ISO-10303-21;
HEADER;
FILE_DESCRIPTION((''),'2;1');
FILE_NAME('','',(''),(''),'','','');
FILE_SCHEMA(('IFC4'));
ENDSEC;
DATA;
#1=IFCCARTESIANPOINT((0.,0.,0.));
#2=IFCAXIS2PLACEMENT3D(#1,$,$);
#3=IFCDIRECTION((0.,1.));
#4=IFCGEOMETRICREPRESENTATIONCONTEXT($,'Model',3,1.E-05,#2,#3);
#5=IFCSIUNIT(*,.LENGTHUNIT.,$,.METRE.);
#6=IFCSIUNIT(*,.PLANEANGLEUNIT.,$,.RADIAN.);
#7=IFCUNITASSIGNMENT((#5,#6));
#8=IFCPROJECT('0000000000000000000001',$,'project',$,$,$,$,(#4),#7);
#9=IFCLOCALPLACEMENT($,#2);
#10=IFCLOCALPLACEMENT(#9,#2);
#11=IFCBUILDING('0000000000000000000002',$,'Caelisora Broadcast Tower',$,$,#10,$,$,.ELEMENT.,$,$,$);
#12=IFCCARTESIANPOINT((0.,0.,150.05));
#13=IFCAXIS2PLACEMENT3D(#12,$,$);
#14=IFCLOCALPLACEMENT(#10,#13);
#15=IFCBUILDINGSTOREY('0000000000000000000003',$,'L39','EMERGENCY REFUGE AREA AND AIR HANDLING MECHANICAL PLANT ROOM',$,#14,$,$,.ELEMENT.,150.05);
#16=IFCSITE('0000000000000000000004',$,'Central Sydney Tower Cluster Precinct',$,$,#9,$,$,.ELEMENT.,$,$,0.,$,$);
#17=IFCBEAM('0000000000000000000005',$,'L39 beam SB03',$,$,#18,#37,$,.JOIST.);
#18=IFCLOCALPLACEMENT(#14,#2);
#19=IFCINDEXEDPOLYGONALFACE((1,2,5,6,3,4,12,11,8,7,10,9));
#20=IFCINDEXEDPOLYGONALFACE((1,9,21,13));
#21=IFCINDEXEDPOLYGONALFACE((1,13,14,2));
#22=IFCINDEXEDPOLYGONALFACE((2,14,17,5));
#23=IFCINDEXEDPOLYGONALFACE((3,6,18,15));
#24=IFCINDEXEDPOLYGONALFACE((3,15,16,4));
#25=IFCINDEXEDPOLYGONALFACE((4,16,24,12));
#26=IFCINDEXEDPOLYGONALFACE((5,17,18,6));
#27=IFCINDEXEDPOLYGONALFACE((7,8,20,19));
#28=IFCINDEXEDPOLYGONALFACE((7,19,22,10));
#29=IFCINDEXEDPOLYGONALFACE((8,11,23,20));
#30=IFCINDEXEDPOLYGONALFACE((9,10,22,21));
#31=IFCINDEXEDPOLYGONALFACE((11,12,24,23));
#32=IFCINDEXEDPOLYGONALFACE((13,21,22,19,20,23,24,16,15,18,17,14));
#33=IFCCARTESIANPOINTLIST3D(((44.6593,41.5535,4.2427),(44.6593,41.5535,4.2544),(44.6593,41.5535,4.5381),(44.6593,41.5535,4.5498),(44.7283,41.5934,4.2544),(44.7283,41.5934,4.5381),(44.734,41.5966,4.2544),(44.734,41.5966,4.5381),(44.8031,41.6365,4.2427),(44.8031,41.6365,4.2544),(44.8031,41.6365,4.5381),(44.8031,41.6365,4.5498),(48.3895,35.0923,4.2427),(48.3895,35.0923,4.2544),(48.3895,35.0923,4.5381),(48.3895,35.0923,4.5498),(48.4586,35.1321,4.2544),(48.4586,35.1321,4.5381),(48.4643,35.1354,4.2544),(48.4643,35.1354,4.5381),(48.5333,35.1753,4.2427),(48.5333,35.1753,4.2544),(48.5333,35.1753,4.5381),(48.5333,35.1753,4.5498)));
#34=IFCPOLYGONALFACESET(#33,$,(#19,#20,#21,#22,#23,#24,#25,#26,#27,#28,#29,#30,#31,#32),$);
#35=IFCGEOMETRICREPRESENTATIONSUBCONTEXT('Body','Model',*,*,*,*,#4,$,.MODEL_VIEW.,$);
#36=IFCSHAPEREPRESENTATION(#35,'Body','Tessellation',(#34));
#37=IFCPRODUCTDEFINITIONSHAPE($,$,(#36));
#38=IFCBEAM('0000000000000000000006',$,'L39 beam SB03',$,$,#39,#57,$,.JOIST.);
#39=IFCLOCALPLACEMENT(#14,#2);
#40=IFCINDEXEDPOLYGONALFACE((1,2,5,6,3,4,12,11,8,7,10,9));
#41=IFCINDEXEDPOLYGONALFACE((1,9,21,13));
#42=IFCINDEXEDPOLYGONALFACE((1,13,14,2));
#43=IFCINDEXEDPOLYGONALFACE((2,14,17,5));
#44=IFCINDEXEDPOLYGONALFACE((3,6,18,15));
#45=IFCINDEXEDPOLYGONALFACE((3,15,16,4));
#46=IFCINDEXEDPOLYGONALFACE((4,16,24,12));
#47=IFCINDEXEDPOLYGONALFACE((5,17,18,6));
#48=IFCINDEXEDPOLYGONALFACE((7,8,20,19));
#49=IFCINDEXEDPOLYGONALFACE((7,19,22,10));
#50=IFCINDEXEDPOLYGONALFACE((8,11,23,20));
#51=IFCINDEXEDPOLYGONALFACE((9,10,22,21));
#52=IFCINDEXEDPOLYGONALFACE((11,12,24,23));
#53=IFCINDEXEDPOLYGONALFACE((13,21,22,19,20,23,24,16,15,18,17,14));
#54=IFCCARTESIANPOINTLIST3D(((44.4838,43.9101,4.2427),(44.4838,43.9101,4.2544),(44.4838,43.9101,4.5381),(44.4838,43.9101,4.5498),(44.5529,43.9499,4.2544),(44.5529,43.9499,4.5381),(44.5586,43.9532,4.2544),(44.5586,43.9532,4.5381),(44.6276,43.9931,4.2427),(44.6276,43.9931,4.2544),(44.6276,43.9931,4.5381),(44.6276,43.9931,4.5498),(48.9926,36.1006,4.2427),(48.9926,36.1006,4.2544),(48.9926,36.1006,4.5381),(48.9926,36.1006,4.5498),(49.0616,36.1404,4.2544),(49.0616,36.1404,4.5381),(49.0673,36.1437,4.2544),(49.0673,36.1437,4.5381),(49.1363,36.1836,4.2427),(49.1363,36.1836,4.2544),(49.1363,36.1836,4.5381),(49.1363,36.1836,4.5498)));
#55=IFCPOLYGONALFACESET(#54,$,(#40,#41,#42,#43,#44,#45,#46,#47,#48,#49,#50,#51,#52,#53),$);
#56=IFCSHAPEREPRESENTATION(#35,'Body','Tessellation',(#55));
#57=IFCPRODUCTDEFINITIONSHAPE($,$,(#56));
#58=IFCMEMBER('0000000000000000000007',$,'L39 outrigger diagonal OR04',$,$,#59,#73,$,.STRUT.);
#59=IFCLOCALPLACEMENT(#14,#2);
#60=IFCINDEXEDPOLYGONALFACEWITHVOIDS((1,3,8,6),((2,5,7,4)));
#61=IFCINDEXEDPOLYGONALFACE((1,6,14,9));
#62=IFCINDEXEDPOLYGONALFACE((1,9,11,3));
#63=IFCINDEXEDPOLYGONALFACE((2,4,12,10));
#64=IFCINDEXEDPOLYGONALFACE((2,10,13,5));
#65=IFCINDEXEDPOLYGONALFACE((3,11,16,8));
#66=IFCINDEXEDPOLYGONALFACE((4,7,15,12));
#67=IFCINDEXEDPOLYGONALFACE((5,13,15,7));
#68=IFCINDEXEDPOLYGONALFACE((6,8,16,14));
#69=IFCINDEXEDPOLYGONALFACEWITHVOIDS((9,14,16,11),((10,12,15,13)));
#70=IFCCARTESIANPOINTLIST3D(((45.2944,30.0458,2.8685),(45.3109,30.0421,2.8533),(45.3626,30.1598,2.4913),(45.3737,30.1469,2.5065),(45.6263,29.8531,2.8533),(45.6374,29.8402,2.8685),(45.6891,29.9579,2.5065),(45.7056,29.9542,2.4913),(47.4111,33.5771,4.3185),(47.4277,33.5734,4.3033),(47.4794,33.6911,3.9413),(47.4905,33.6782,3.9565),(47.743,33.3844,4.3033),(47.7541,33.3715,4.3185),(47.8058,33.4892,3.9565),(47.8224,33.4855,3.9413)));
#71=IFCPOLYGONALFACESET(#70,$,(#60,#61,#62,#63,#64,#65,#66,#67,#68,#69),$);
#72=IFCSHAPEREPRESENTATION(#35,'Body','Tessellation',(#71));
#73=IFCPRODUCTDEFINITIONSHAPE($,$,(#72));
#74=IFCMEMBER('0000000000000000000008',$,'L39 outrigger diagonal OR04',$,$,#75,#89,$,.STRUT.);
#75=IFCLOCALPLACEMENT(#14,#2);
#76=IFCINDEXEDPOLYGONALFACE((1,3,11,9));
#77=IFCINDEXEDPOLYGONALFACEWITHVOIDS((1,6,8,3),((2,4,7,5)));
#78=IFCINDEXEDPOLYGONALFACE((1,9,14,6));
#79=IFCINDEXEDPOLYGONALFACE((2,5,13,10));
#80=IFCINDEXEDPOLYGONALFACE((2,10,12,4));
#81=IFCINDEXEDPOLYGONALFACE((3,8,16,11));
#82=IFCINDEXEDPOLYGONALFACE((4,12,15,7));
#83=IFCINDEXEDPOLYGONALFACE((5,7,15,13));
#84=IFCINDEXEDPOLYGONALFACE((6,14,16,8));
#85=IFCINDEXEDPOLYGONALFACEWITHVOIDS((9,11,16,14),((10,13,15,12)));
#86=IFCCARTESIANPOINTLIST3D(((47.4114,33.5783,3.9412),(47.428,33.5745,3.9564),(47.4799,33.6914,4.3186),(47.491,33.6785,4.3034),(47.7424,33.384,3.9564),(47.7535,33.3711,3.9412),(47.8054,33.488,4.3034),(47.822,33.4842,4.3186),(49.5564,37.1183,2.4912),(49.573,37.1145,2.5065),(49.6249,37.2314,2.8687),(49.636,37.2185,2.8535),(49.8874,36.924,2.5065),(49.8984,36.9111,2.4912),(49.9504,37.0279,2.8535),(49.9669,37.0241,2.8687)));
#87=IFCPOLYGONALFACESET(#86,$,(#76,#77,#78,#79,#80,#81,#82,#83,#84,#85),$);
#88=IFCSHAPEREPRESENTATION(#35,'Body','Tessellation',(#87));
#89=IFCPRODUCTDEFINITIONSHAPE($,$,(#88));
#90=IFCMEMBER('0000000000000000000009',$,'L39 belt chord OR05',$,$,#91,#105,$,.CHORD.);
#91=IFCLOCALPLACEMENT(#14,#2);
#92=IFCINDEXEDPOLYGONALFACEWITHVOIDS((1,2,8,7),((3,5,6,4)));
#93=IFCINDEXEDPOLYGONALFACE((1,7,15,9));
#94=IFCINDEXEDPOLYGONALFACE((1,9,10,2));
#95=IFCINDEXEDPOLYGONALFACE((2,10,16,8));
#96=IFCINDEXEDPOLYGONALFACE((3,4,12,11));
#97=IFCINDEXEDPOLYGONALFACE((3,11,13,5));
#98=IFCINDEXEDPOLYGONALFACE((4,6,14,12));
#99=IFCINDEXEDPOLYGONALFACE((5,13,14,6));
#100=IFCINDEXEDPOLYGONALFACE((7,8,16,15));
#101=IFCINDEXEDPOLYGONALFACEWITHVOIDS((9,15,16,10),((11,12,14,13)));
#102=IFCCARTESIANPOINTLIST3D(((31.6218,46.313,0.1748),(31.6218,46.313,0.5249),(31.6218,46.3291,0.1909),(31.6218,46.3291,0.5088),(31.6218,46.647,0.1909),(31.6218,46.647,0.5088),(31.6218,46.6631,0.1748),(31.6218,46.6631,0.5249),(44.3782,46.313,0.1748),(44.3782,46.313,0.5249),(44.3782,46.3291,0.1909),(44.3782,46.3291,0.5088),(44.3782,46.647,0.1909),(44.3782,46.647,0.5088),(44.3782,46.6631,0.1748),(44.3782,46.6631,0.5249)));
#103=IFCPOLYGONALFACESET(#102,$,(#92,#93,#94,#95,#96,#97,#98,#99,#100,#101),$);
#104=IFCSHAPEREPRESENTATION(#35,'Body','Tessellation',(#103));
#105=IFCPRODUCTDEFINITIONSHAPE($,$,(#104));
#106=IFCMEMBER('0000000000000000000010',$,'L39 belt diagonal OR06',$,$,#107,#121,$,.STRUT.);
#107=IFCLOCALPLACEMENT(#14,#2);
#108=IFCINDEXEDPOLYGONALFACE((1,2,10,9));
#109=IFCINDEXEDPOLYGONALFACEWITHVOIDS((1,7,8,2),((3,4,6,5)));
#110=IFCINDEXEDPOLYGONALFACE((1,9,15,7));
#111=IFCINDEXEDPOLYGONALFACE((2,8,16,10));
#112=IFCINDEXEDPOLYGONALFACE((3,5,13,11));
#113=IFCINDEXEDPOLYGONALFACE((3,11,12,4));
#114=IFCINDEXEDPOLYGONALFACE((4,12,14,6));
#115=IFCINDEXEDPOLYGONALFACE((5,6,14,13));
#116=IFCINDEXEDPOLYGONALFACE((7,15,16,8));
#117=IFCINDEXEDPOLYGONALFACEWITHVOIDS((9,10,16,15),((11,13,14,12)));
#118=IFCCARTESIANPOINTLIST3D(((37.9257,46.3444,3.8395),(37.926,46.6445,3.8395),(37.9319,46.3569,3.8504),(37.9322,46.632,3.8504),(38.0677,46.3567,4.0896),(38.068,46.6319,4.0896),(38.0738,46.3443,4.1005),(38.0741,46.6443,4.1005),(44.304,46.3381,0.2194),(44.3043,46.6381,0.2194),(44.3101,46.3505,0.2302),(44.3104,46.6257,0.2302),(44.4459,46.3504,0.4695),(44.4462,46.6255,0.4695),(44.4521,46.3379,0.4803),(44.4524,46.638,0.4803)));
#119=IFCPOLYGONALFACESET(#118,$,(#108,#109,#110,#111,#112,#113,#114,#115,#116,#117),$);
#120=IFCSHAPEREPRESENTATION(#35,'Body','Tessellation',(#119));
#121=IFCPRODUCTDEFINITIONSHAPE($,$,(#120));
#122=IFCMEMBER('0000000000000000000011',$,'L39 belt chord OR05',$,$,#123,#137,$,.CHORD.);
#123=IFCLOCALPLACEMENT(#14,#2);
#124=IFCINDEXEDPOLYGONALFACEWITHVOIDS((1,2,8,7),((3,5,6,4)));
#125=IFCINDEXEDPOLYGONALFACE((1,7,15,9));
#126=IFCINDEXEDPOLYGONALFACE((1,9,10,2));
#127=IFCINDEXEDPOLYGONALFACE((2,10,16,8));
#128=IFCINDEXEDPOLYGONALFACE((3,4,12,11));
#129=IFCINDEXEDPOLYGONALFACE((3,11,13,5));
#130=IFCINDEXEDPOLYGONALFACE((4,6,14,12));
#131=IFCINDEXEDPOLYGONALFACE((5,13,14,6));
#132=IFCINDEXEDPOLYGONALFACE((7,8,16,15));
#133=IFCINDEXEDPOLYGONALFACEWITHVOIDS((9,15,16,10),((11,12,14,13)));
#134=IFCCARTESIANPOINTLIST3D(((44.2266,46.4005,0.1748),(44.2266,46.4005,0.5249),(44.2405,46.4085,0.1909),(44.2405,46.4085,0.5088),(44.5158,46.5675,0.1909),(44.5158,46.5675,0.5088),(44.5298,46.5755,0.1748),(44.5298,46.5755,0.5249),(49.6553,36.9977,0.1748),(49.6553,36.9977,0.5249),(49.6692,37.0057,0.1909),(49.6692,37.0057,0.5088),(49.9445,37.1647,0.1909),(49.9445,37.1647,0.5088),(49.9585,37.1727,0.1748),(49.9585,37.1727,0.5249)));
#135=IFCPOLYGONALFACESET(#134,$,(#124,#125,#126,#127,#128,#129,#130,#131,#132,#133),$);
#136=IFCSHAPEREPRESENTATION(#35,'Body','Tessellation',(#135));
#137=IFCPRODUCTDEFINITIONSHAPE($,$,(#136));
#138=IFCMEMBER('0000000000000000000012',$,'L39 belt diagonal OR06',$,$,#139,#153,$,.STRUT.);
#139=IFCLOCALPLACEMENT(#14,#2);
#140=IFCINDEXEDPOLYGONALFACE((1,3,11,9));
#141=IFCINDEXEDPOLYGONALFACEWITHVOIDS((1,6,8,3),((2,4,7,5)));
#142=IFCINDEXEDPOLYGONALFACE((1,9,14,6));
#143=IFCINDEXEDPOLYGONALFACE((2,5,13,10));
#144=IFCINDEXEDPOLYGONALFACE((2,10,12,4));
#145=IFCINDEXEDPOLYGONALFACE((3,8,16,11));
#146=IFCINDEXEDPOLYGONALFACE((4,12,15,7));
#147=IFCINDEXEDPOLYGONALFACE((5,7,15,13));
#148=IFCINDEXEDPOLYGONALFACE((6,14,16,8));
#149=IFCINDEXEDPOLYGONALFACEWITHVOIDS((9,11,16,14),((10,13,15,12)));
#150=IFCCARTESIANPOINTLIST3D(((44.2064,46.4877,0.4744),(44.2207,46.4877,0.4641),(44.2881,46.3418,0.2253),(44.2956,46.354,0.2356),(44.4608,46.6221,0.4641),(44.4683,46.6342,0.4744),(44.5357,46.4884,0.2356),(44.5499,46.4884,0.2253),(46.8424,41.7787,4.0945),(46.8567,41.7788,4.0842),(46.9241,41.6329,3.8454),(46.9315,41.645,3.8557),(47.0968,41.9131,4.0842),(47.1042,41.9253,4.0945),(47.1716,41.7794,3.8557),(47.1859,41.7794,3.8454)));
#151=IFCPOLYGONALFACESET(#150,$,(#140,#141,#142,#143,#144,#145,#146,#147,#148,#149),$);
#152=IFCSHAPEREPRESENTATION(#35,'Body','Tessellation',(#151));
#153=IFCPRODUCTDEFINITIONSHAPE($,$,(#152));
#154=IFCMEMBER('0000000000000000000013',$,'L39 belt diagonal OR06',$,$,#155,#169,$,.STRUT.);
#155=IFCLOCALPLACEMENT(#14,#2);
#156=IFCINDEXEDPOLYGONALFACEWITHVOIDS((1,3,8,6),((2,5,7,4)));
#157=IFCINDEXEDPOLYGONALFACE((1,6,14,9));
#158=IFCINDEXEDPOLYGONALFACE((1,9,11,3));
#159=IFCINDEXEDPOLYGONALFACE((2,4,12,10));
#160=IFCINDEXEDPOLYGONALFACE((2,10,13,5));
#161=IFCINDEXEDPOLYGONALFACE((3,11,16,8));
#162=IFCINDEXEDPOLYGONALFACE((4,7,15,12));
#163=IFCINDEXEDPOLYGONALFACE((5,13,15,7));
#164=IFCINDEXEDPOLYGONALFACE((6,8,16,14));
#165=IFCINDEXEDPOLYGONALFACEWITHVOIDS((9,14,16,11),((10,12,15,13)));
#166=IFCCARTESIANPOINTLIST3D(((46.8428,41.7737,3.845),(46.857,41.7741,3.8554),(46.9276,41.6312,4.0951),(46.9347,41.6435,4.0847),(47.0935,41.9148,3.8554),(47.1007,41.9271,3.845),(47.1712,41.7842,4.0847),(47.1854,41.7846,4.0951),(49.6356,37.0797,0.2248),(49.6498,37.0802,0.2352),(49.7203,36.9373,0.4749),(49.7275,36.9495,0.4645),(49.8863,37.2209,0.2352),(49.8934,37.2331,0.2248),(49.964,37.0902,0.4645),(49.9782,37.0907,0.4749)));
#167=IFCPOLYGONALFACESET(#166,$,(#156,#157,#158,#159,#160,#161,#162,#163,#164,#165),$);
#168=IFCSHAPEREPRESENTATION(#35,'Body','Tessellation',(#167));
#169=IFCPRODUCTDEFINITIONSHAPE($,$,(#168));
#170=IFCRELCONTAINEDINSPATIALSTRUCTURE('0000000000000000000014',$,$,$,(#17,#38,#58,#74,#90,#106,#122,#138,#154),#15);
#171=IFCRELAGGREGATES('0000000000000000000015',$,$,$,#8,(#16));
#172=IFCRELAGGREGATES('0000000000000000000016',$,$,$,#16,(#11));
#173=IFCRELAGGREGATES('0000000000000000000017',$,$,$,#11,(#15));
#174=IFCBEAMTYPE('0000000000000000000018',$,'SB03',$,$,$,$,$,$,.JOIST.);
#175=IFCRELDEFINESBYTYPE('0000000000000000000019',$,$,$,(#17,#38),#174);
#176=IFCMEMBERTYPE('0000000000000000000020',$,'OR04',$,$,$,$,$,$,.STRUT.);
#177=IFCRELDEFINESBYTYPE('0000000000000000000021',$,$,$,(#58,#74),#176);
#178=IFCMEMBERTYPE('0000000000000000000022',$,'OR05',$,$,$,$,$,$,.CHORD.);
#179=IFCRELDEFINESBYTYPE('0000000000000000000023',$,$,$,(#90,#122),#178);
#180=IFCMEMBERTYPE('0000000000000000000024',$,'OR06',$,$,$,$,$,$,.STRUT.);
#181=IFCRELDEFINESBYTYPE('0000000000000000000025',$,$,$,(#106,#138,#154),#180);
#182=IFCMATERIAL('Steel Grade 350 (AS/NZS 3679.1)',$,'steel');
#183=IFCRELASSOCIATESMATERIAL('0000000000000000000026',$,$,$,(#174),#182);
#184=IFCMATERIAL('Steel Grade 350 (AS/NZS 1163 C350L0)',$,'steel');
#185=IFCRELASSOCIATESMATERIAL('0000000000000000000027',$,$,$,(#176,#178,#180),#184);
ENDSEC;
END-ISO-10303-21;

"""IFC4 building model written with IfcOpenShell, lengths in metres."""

from ifc_helpers import new_model, si_unit, direction, frame, origin, origin_2d, place, context, subcontext, project, spatial, hollow_rectangle, i_section, extrude, source, transform, mapped, material, material_profile, profile_set, type_object, type_shapes, element, save


model = new_model("IFC4")

# Units and contexts
model_context = context("Model", 3, precision=1e-05, world=origin(), true_north=direction((0.0, 1.0)))
body_context = subcontext(model_context, "Body", "Model", "MODEL_VIEW")
ifc_project = project(units=[si_unit("LENGTHUNIT", "METRE"), si_unit("PLANEANGLEUNIT", "RADIAN")], contexts=[model_context])

# Site, building, storey
site_placement = place(None, origin())
site = spatial("IfcSite", under=ifc_project, at=site_placement, Name="Central Sydney Tower Cluster Precinct", CompositionType="ELEMENT", RefElevation=0.0)
building_placement = place(site_placement, origin())
building = spatial("IfcBuilding", under=site, at=building_placement, Name="Caelisora Broadcast Tower", CompositionType="ELEMENT")
storey_placement = place(building_placement, frame((0.0, 0.0, 150.05)))
storey = spatial("IfcBuildingStorey", under=building, at=storey_placement, Name="L39", Description="EMERGENCY REFUGE AREA AND AIR HANDLING MECHANICAL PLANT ROOM", CompositionType="ELEMENT", Elevation=150.05)

# Shared definitions
ifc_material_1 = material(Name="Steel Grade 350 (AS/NZS 1163 C350L0)", Category="steel")

# Beams
ifc_material_2 = material(Name="Steel Grade 350 (AS/NZS 3679.1)", Category="steel")
ifc_material_profile_1 = material_profile(ifc_material_2, i_section(OverallWidth=0.166, OverallDepth=0.3071, WebThickness=0.0066, FlangeThickness=0.0117, at=origin_2d()), Name="Steel Grade 350 (AS/NZS 3679.1)")
ifc_profile_set_1 = profile_set([ifc_material_profile_1], Name="Steel Grade 350 (AS/NZS 3679.1)")
beam_type_1 = type_object("IfcBeamType", Name="SB03", PredefinedType="JOIST", material=ifc_profile_set_1)
shared_shape_1 = source(origin(), body_context, "Body", "SweptSolid", [
    extrude(i_section(OverallWidth=0.166, OverallDepth=0.3071, WebThickness=0.0066, FlangeThickness=0.0117, at=origin_2d()), origin(), (0.0, 0.0, 1.0), 7.4607),
])
beam_1_placement = place(storey_placement, frame((48.4614, 35.1338, 4.3962), z_axis=(-0.499986, 0.866034, 0.0), x_axis=(-0.866034, -0.499986, 0.0)))
element("IfcBeam", 1, at=beam_1_placement, inside=storey, type_object=beam_type_1, Name="L39 beam SB03", PredefinedType="JOIST", context=body_context, shape_type="MappedRepresentation", body=[
    mapped(shared_shape_1, transform((0.0, 0.0, 0.0), scale=1.0)),
])
shared_shape_2 = source(origin(), body_context, "Body", "SweptSolid", [
    extrude(i_section(OverallWidth=0.166, OverallDepth=0.3071, WebThickness=0.0066, FlangeThickness=0.0117, at=origin_2d()), origin(), (0.0, 0.0, 1.0), 9.0176),
])
beam_2_placement = place(storey_placement, frame((49.0645, 36.1421, 4.3962), z_axis=(-0.499994, 0.866029, 0.0), x_axis=(-0.866029, -0.499994, 0.0)))
element("IfcBeam", 2, at=beam_2_placement, inside=storey, type_object=beam_type_1, Name="L39 beam SB03", PredefinedType="JOIST", context=body_context, shape_type="MappedRepresentation", body=[
    mapped(shared_shape_2, transform((0.0, 0.0, 0.0), scale=1.0)),
])

# Members
ifc_material_profile_2 = material_profile(ifc_material_1, hollow_rectangle(XDim=0.3999, YDim=0.3999, WallThickness=0.0161, at=origin_2d()), Name="Steel Grade 350 (AS/NZS 1163 C350L0)")
ifc_profile_set_2 = profile_set([ifc_material_profile_2], Name="Steel Grade 350 (AS/NZS 1163 C350L0)")
member_type_1 = type_object("IfcMemberType", Name="OR04", PredefinedType="STRUT", material=ifc_profile_set_2)
shared_shape_3 = source(origin(), body_context, "Body", "SweptSolid", [
    extrude(hollow_rectangle(XDim=0.3999, YDim=0.3999, WallThickness=0.0161, at=origin_2d()), origin(), (0.0, 0.0, 1.0), 4.365),
])
member_1_placement = place(storey_placement, frame((45.5, 30.0, 2.6799), z_axis=(0.484935, 0.809007, 0.332183), x_axis=(-0.857713, 0.514129, 0.0)))
element("IfcMember", 3, at=member_1_placement, inside=storey, type_object=member_type_1, Name="L39 outrigger diagonal OR04", PredefinedType="STRUT", context=body_context, shape_type="MappedRepresentation", body=[
    mapped(shared_shape_3, transform((0.0, 0.0, 0.0), scale=1.0)),
])
shared_shape_4 = source(origin(), body_context, "Body", "SweptSolid", [
    extrude(hollow_rectangle(XDim=0.3999, YDim=0.3999, WallThickness=0.0161, at=origin_2d()), origin(), (0.0, 0.0, 1.0), 4.3857),
])
type_shapes(member_type_1, [shared_shape_3, shared_shape_4])
member_2_placement = place(storey_placement, frame((47.6167, 33.5312, 4.1299), z_axis=(0.489082, 0.807157, -0.3306), x_axis=(-0.855247, 0.518221, 0.0)))
element("IfcMember", 4, at=member_2_placement, inside=storey, type_object=member_type_1, Name="L39 outrigger diagonal OR04", PredefinedType="STRUT", context=body_context, shape_type="MappedRepresentation", body=[
    mapped(shared_shape_4, transform((0.0, 0.0, 0.0), scale=1.0)),
])
ifc_material_profile_3 = material_profile(ifc_material_1, hollow_rectangle(XDim=0.3501, YDim=0.3501, WallThickness=0.0161, at=origin_2d()), Name="Steel Grade 350 (AS/NZS 1163 C350L0)")
ifc_profile_set_3 = profile_set([ifc_material_profile_3], Name="Steel Grade 350 (AS/NZS 1163 C350L0)")
member_type_2 = type_object("IfcMemberType", Name="OR05", PredefinedType="CHORD", material=ifc_profile_set_3)
shared_shape_5 = source(origin(), body_context, "Body", "SweptSolid", [
    extrude(hollow_rectangle(XDim=0.3501, YDim=0.3501, WallThickness=0.0161, at=origin_2d()), origin(), (0.0, 0.0, 1.0), 12.7563),
])
member_3_placement = place(storey_placement, frame((44.3782, 46.488, 0.3499), z_axis=(-1.0, 0.0, 0.0), x_axis=(0.0, -1.0, 0.0)))
element("IfcMember", 5, at=member_3_placement, inside=storey, type_object=member_type_2, Name="L39 belt chord OR05", PredefinedType="CHORD", context=body_context, shape_type="MappedRepresentation", body=[
    mapped(shared_shape_5, transform((0.0, 0.0, 0.0), scale=1.0)),
])
ifc_material_profile_4 = material_profile(ifc_material_1, hollow_rectangle(XDim=0.3, YDim=0.3, WallThickness=0.0125, at=origin_2d()), Name="Steel Grade 350 (AS/NZS 1163 C350L0)")
ifc_profile_set_4 = profile_set([ifc_material_profile_4], Name="Steel Grade 350 (AS/NZS 1163 C350L0)")
member_type_3 = type_object("IfcMemberType", Name="OR06", PredefinedType="STRUT", material=ifc_profile_set_4)
shared_shape_6 = source(origin(), body_context, "Body", "SweptSolid", [
    extrude(hollow_rectangle(XDim=0.3, YDim=0.3, WallThickness=0.0125, at=origin_2d()), origin(), (0.0, 0.0, 1.0), 7.334),
])
member_4_placement = place(storey_placement, frame((44.3782, 46.488, 0.3499), z_axis=(-0.869681, 0.000866, 0.493613), x_axis=(-0.000995, -1.0, 0.0)))
element("IfcMember", 6, at=member_4_placement, inside=storey, type_object=member_type_3, Name="L39 belt diagonal OR06", PredefinedType="STRUT", context=body_context, shape_type="MappedRepresentation", body=[
    mapped(shared_shape_6, transform((0.0, 0.0, 0.0), scale=1.0)),
])
shared_shape_7 = source(origin(), body_context, "Body", "SweptSolid", [
    extrude(hollow_rectangle(XDim=0.3501, YDim=0.3501, WallThickness=0.0161, at=origin_2d()), origin(), (0.0, 0.0, 1.0), 10.8574),
])
type_shapes(member_type_2, [shared_shape_5, shared_shape_7])
member_5_placement = place(storey_placement, frame((49.8069, 37.0852, 0.3499), z_axis=(-0.499999, 0.866026, 0.0), x_axis=(-0.866026, -0.499999, 0.0)))
element("IfcMember", 7, at=member_5_placement, inside=storey, type_object=member_type_2, Name="L39 belt chord OR05", PredefinedType="CHORD", context=body_context, shape_type="MappedRepresentation", body=[
    mapped(shared_shape_7, transform((0.0, 0.0, 0.0), scale=1.0)),
])
shared_shape_8 = source(origin(), body_context, "Body", "SweptSolid", [
    extrude(hollow_rectangle(XDim=0.3, YDim=0.3, WallThickness=0.0125, at=origin_2d()), origin(), (0.0, 0.0, 1.0), 6.4983),
])
member_6_placement = place(storey_placement, frame((44.3782, 46.488, 0.3499), z_axis=(0.405641, -0.724646, 0.557085), x_axis=(0.872589, 0.488456, 0.0)))
element("IfcMember", 8, at=member_6_placement, inside=storey, type_object=member_type_3, Name="L39 belt diagonal OR06", PredefinedType="STRUT", context=body_context, shape_type="MappedRepresentation", body=[
    mapped(shared_shape_8, transform((0.0, 0.0, 0.0), scale=1.0)),
])
shared_shape_9 = source(origin(), body_context, "Body", "SweptSolid", [
    extrude(hollow_rectangle(XDim=0.3, YDim=0.3, WallThickness=0.0125, at=origin_2d()), origin(), (0.0, 0.0, 1.0), 6.5527),
])
member_7_placement = place(storey_placement, frame((49.8069, 37.0852, 0.3499), z_axis=(-0.4262, 0.716332, 0.552469), x_axis=(-0.859392, -0.511317, 0.0)))
element("IfcMember", 9, at=member_7_placement, inside=storey, type_object=member_type_3, Name="L39 belt diagonal OR06", PredefinedType="STRUT", context=body_context, shape_type="MappedRepresentation", body=[
    mapped(shared_shape_9, transform((0.0, 0.0, 0.0), scale=1.0)),
])

save(model, "model.ifc")
